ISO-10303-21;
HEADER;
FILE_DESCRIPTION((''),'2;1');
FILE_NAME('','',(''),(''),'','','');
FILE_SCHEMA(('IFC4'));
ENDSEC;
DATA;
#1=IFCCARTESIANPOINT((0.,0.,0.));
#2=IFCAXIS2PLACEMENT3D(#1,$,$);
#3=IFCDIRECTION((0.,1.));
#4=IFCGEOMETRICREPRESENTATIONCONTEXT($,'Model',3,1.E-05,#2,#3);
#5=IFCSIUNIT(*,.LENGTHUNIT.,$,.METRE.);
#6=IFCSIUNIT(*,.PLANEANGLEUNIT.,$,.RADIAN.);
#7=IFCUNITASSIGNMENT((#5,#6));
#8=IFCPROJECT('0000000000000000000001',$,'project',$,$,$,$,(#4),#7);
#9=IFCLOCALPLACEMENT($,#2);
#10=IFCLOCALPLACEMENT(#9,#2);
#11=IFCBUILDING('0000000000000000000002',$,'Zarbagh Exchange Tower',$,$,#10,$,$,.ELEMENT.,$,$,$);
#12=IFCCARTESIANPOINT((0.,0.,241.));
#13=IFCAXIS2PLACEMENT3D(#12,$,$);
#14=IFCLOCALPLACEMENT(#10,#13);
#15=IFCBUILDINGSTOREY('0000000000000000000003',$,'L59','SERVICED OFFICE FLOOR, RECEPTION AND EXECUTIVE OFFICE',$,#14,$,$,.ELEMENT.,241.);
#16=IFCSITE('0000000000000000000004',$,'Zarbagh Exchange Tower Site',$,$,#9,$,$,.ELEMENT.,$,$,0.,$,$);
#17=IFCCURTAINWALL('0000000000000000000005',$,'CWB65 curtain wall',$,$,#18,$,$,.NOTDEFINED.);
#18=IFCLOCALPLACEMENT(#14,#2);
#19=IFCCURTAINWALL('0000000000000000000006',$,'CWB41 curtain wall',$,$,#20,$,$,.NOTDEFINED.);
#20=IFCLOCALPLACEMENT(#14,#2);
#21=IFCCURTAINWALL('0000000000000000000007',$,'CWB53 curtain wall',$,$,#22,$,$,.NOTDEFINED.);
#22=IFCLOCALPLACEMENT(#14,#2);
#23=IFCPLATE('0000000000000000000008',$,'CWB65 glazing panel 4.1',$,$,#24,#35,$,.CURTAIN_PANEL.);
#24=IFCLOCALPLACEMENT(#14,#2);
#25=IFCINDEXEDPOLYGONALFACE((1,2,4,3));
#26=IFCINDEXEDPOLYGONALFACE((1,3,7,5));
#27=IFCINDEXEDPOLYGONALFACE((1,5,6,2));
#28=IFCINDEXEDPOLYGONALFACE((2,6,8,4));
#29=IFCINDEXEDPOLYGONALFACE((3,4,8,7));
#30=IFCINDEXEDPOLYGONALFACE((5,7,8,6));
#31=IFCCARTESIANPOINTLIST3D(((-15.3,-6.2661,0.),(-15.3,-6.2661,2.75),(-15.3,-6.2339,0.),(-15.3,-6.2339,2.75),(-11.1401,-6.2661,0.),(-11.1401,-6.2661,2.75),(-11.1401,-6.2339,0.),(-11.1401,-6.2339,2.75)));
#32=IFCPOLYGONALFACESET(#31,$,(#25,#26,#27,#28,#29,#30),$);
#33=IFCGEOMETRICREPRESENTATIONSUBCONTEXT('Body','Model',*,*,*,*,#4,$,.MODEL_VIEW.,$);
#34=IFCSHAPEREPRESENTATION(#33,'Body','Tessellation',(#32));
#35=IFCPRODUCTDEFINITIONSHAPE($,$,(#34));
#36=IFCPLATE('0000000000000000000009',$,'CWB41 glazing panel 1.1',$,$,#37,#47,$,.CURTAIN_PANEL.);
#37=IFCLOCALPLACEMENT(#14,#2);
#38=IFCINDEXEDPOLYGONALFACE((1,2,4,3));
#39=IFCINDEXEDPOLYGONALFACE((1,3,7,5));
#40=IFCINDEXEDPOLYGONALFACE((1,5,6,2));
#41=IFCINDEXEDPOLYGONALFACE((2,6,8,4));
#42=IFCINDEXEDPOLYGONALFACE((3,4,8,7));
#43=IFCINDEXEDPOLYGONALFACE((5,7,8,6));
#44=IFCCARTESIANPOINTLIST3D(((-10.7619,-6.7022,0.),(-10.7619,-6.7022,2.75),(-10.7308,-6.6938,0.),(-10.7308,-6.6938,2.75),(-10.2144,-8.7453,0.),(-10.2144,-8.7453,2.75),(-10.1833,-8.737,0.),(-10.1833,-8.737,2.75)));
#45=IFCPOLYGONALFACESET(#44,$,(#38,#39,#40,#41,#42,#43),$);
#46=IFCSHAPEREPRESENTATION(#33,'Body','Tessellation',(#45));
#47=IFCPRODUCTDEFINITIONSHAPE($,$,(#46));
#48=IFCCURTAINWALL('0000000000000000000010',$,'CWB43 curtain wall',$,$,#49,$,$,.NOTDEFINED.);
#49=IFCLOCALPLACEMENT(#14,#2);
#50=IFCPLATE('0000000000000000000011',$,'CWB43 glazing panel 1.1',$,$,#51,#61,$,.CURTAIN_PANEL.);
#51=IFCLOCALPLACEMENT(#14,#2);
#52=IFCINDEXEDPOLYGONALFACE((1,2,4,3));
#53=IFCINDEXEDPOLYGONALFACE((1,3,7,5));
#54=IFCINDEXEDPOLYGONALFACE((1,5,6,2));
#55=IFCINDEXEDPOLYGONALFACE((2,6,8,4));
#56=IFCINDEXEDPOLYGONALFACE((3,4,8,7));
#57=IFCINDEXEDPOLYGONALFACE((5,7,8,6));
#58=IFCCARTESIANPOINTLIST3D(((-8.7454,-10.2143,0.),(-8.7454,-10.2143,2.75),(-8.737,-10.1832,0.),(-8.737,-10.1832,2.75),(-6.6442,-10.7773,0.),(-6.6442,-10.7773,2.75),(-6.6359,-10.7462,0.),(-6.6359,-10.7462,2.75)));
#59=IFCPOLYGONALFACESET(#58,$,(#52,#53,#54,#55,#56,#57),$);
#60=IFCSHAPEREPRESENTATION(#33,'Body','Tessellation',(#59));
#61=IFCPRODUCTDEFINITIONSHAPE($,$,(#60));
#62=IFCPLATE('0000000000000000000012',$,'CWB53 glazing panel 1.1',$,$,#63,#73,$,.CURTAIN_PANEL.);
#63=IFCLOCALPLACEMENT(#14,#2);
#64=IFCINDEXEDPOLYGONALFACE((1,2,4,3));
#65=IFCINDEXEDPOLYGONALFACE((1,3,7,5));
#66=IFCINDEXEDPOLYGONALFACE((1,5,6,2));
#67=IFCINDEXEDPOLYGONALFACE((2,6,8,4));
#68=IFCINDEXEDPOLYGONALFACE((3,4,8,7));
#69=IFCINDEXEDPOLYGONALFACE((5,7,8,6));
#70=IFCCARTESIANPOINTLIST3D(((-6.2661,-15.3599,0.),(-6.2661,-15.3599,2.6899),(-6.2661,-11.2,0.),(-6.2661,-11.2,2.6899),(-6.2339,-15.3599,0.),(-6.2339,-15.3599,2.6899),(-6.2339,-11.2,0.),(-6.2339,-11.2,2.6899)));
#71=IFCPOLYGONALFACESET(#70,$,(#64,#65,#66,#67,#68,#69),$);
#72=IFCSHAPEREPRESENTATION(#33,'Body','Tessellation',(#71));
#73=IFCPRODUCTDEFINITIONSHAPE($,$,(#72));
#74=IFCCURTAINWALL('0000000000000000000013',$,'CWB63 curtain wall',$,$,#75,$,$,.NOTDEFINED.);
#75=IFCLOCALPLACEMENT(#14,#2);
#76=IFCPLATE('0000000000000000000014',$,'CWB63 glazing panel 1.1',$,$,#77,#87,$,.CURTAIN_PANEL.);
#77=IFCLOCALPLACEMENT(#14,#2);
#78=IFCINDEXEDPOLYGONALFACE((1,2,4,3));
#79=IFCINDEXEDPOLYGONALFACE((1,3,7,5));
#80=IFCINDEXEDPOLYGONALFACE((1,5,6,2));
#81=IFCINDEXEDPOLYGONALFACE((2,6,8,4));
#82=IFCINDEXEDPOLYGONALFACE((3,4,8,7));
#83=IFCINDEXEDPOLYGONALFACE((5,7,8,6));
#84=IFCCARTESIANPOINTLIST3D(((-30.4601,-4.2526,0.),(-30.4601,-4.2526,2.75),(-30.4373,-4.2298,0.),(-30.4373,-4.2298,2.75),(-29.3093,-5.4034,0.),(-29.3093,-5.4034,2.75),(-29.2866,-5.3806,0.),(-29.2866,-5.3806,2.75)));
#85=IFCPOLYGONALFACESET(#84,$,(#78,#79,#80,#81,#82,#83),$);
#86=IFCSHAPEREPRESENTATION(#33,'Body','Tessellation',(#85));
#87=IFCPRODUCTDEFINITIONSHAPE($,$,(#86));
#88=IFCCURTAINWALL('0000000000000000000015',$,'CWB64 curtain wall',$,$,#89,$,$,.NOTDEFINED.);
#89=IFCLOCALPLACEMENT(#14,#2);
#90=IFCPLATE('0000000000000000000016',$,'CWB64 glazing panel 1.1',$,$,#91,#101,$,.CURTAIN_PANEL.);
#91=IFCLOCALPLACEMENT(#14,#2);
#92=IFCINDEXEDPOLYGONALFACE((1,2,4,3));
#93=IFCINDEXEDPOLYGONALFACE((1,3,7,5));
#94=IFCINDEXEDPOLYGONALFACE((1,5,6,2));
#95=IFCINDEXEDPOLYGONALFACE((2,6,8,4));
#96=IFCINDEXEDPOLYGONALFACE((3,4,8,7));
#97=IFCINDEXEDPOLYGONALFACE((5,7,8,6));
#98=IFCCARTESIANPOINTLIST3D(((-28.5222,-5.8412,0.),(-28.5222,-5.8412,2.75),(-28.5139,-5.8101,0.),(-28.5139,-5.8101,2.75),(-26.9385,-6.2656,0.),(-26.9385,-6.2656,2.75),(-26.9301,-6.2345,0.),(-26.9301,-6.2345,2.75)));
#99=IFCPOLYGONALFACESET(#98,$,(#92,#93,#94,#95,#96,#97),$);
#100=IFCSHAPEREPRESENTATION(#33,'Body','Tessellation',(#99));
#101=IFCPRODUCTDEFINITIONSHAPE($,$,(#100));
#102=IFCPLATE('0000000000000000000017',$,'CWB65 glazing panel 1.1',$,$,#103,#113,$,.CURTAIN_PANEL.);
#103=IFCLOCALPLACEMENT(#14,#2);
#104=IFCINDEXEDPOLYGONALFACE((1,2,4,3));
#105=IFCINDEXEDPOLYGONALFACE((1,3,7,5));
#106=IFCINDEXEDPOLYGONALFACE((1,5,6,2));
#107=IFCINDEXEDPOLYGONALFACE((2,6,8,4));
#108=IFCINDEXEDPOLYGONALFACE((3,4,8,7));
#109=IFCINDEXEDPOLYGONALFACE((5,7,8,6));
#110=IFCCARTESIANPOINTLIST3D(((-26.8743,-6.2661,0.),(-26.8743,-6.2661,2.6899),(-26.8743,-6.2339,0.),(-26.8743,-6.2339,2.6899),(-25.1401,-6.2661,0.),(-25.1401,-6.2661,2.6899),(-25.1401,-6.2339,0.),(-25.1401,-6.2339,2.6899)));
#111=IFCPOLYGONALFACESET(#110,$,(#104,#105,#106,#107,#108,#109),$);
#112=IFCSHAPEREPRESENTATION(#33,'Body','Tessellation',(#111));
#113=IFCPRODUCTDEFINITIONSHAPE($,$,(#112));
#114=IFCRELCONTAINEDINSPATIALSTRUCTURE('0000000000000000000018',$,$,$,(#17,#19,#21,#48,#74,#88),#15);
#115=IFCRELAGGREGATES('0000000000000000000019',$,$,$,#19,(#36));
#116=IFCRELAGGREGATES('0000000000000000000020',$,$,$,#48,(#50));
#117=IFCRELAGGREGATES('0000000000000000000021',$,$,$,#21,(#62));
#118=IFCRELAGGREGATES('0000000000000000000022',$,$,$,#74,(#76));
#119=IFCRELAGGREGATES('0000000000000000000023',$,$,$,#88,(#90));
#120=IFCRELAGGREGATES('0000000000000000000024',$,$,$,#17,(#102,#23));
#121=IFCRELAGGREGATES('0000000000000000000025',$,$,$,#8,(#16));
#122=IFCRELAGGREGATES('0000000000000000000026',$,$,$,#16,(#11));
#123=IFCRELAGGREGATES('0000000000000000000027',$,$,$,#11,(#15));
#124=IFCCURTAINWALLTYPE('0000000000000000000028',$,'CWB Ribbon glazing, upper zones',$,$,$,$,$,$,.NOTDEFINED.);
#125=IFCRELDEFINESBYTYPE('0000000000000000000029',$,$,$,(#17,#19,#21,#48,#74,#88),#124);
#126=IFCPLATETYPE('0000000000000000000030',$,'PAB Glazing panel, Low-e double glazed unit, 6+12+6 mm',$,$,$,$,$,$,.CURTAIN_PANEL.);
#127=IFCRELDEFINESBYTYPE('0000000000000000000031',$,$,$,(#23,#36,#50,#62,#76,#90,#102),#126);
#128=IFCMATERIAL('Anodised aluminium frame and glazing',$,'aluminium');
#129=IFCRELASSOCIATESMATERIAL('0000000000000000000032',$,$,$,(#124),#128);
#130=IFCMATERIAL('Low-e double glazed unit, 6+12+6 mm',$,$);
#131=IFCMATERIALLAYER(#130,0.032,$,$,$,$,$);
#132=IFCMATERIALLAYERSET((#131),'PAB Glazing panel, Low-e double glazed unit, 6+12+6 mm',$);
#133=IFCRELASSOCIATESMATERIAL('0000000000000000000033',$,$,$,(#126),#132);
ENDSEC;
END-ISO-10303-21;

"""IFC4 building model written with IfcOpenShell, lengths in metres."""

from ifc_helpers import new_model, si_unit, direction, frame, origin, place, context, subcontext, project, spatial, polyline, outline, extrude, source, transform, mapped, material, layer, layer_set, type_object, element, aggregate, save


model = new_model("IFC4")

# Units and contexts
model_context = context("Model", 3, precision=1e-05, world=origin(), true_north=direction((0.0, 1.0)))
body_context = subcontext(model_context, "Body", "Model", "MODEL_VIEW")
ifc_project = project(units=[si_unit("LENGTHUNIT", "METRE"), si_unit("PLANEANGLEUNIT", "RADIAN")], contexts=[model_context])

# Site, building, storey
site_placement = place(None, origin())
site = spatial("IfcSite", under=ifc_project, at=site_placement, Name="Zarbagh Exchange Tower Site", CompositionType="ELEMENT", RefElevation=0.0)
building_placement = place(site_placement, origin())
building = spatial("IfcBuilding", under=site, at=building_placement, Name="Zarbagh Exchange Tower", CompositionType="ELEMENT")
storey_placement = place(building_placement, frame((0.0, 0.0, 241.0)))
storey = spatial("IfcBuildingStorey", under=building, at=storey_placement, Name="L59", Description="SERVICED OFFICE FLOOR, RECEPTION AND EXECUTIVE OFFICE", CompositionType="ELEMENT", Elevation=241.0)

# Shared definitions
ifc_material_1 = material(Name="Anodised aluminium frame and glazing", Category="aluminium")
curtain_wall_type = type_object("IfcCurtainWallType", Name="CWB Ribbon glazing, upper zones", PredefinedType="NOTDEFINED", material=ifc_material_1)
placement = place(storey_placement, origin())

# Curtain wall
curtain_wall_1_placement = place(storey_placement, origin())
curtain_wall_1 = element("IfcCurtainWall", 1, at=curtain_wall_1_placement, inside=storey, type_object=curtain_wall_type, Name="CWB65 curtain wall", PredefinedType="NOTDEFINED")

# Curtain wall
curtain_wall_2_placement = place(storey_placement, origin())
curtain_wall_2 = element("IfcCurtainWall", 2, at=curtain_wall_2_placement, inside=storey, type_object=curtain_wall_type, Name="CWB41 curtain wall", PredefinedType="NOTDEFINED")

# Curtain wall
curtain_wall_3_placement = place(storey_placement, origin())
curtain_wall_3 = element("IfcCurtainWall", 3, at=curtain_wall_3_placement, inside=storey, type_object=curtain_wall_type, Name="CWB53 curtain wall", PredefinedType="NOTDEFINED")

# Shared definitions
ifc_material_2 = material(Name="Low-e double glazed unit, 6+12+6 mm")
ifc_layer = layer(ifc_material_2, 0.032)
ifc_layer_set = layer_set([ifc_layer], Name="PAB Glazing panel, Low-e double glazed unit, 6+12+6 mm")
plate_type = type_object("IfcPlateType", Name="PAB Glazing panel, Low-e double glazed unit, 6+12+6 mm", PredefinedType="CURTAIN_PANEL", material=ifc_layer_set)

# Plates
shared_shape_1 = source(origin(), body_context, "Body", "SweptSolid", [
    extrude(outline(polyline([(0.0, -0.0161), (4.1599, -0.0161), (4.1599, 0.0161), (0.0, 0.0161), (0.0, -0.0161)])), origin(), (0.0, 0.0, 1.0), 2.75),
])
plate_1 = element("IfcPlate", 4, at=placement, type_object=plate_type, Name="CWB65 glazing panel 4.1", PredefinedType="CURTAIN_PANEL", context=body_context, shape_type="MappedRepresentation", body=[
    mapped(shared_shape_1, transform((-15.3, -6.25, 0.0), x_axis=(1.0, 0.0, 0.0), y_axis=(0.0, 1.0, 0.0), z_axis=(0.0, 0.0, 1.0))),
])
shared_shape_2 = source(origin(), body_context, "Body", "SweptSolid", [
    extrude(outline(polyline([(0.0, -0.0161), (2.1152, -0.0161), (2.1152, 0.0161), (0.0, 0.0161), (0.0, -0.0161)])), origin(), (0.0, 0.0, 1.0), 2.75),
])
plate_2 = element("IfcPlate", 5, at=placement, type_object=plate_type, Name="CWB41 glazing panel 1.1", PredefinedType="CURTAIN_PANEL", context=body_context, shape_type="MappedRepresentation", body=[
    mapped(shared_shape_2, transform((-10.7463, -6.698, 0.0), x_axis=(0.258825, -0.965924, 0.0), y_axis=(0.965924, 0.258825, 0.0), z_axis=(0.0, 0.0, 1.0))),
])
aggregate(curtain_wall_2, [plate_2])

# Curtain wall, plate
curtain_wall_4_placement = place(storey_placement, origin())
curtain_wall_4 = element("IfcCurtainWall", 6, at=curtain_wall_4_placement, inside=storey, type_object=curtain_wall_type, Name="CWB43 curtain wall", PredefinedType="NOTDEFINED")
shared_shape_3 = source(origin(), body_context, "Body", "SweptSolid", [
    extrude(outline(polyline([(0.0, -0.0161), (2.1753, -0.0161), (2.1753, 0.0161), (0.0, 0.0161), (0.0, -0.0161)])), origin(), (0.0, 0.0, 1.0), 2.75),
])
plate_3 = element("IfcPlate", 7, at=placement, type_object=plate_type, Name="CWB43 glazing panel 1.1", PredefinedType="CURTAIN_PANEL", context=body_context, shape_type="MappedRepresentation", body=[
    mapped(shared_shape_3, transform((-8.7412, -10.1987, 0.0), x_axis=(0.965924, -0.258825, 0.0), y_axis=(0.258825, 0.965924, 0.0), z_axis=(0.0, 0.0, 1.0))),
])
aggregate(curtain_wall_4, [plate_3])

# Plate
shared_shape_4 = source(origin(), body_context, "Body", "SweptSolid", [
    extrude(outline(polyline([(0.0, -0.0161), (4.1599, -0.0161), (4.1599, 0.0161), (0.0, 0.0161), (0.0, -0.0161)])), origin(), (0.0, 0.0, 1.0), 2.6899),
])
plate_4 = element("IfcPlate", 8, at=placement, type_object=plate_type, Name="CWB53 glazing panel 1.1", PredefinedType="CURTAIN_PANEL", context=body_context, shape_type="MappedRepresentation", body=[
    mapped(shared_shape_4, transform((-6.25, -11.2, 0.0), x_axis=(0.0, -1.0, 0.0), y_axis=(1.0, 0.0, 0.0), z_axis=(0.0, 0.0, 1.0))),
])
aggregate(curtain_wall_3, [plate_4])

# Curtain walls, plates
curtain_wall_5_placement = place(storey_placement, origin())
curtain_wall_5 = element("IfcCurtainWall", 9, at=curtain_wall_5_placement, inside=storey, type_object=curtain_wall_type, Name="CWB63 curtain wall", PredefinedType="NOTDEFINED")
shared_shape_5 = source(origin(), body_context, "Body", "SweptSolid", [
    extrude(outline(polyline([(0.0, -0.0161), (1.6274, -0.0161), (1.6274, 0.0161), (0.0, 0.0161), (0.0, -0.0161)])), origin(), (0.0, 0.0, 1.0), 2.75),
])
plate_5 = element("IfcPlate", 10, at=placement, type_object=plate_type, Name="CWB63 glazing panel 1.1", PredefinedType="CURTAIN_PANEL", context=body_context, shape_type="MappedRepresentation", body=[
    mapped(shared_shape_5, transform((-30.4487, -4.2412, 0.0), x_axis=(0.707107, -0.707107, 0.0), y_axis=(0.707107, 0.707107, 0.0), z_axis=(0.0, 0.0, 1.0))),
])
aggregate(curtain_wall_5, [plate_5])
curtain_wall_6_placement = place(storey_placement, origin())
curtain_wall_6 = element("IfcCurtainWall", 11, at=curtain_wall_6_placement, inside=storey, type_object=curtain_wall_type, Name="CWB64 curtain wall", PredefinedType="NOTDEFINED")
shared_shape_6 = source(origin(), body_context, "Body", "SweptSolid", [
    extrude(outline(polyline([(0.0, -0.0161), (1.6396, -0.0161), (1.6396, 0.0161), (0.0, 0.0161), (0.0, -0.0161)])), origin(), (0.0, 0.0, 1.0), 2.75),
])
plate_6 = element("IfcPlate", 12, at=placement, type_object=plate_type, Name="CWB64 glazing panel 1.1", PredefinedType="CURTAIN_PANEL", context=body_context, shape_type="MappedRepresentation", body=[
    mapped(shared_shape_6, transform((-28.5181, -5.8257, 0.0), x_axis=(0.965924, -0.258825, 0.0), y_axis=(0.258825, 0.965924, 0.0), z_axis=(0.0, 0.0, 1.0))),
])
aggregate(curtain_wall_6, [plate_6])

# Plate
shared_shape_7 = source(origin(), body_context, "Body", "SweptSolid", [
    extrude(outline(polyline([(0.0, -0.0161), (1.7341, -0.0161), (1.7341, 0.0161), (0.0, 0.0161), (0.0, -0.0161)])), origin(), (0.0, 0.0, 1.0), 2.6899),
])
plate_7 = element("IfcPlate", 13, at=placement, type_object=plate_type, Name="CWB65 glazing panel 1.1", PredefinedType="CURTAIN_PANEL", context=body_context, shape_type="MappedRepresentation", body=[
    mapped(shared_shape_7, transform((-26.8743, -6.25, 0.0), x_axis=(1.0, 0.0, 0.0), y_axis=(0.0, 1.0, 0.0), z_axis=(0.0, 0.0, 1.0))),
])
aggregate(curtain_wall_1, [plate_7, plate_1])

save(model, "model.ifc")
